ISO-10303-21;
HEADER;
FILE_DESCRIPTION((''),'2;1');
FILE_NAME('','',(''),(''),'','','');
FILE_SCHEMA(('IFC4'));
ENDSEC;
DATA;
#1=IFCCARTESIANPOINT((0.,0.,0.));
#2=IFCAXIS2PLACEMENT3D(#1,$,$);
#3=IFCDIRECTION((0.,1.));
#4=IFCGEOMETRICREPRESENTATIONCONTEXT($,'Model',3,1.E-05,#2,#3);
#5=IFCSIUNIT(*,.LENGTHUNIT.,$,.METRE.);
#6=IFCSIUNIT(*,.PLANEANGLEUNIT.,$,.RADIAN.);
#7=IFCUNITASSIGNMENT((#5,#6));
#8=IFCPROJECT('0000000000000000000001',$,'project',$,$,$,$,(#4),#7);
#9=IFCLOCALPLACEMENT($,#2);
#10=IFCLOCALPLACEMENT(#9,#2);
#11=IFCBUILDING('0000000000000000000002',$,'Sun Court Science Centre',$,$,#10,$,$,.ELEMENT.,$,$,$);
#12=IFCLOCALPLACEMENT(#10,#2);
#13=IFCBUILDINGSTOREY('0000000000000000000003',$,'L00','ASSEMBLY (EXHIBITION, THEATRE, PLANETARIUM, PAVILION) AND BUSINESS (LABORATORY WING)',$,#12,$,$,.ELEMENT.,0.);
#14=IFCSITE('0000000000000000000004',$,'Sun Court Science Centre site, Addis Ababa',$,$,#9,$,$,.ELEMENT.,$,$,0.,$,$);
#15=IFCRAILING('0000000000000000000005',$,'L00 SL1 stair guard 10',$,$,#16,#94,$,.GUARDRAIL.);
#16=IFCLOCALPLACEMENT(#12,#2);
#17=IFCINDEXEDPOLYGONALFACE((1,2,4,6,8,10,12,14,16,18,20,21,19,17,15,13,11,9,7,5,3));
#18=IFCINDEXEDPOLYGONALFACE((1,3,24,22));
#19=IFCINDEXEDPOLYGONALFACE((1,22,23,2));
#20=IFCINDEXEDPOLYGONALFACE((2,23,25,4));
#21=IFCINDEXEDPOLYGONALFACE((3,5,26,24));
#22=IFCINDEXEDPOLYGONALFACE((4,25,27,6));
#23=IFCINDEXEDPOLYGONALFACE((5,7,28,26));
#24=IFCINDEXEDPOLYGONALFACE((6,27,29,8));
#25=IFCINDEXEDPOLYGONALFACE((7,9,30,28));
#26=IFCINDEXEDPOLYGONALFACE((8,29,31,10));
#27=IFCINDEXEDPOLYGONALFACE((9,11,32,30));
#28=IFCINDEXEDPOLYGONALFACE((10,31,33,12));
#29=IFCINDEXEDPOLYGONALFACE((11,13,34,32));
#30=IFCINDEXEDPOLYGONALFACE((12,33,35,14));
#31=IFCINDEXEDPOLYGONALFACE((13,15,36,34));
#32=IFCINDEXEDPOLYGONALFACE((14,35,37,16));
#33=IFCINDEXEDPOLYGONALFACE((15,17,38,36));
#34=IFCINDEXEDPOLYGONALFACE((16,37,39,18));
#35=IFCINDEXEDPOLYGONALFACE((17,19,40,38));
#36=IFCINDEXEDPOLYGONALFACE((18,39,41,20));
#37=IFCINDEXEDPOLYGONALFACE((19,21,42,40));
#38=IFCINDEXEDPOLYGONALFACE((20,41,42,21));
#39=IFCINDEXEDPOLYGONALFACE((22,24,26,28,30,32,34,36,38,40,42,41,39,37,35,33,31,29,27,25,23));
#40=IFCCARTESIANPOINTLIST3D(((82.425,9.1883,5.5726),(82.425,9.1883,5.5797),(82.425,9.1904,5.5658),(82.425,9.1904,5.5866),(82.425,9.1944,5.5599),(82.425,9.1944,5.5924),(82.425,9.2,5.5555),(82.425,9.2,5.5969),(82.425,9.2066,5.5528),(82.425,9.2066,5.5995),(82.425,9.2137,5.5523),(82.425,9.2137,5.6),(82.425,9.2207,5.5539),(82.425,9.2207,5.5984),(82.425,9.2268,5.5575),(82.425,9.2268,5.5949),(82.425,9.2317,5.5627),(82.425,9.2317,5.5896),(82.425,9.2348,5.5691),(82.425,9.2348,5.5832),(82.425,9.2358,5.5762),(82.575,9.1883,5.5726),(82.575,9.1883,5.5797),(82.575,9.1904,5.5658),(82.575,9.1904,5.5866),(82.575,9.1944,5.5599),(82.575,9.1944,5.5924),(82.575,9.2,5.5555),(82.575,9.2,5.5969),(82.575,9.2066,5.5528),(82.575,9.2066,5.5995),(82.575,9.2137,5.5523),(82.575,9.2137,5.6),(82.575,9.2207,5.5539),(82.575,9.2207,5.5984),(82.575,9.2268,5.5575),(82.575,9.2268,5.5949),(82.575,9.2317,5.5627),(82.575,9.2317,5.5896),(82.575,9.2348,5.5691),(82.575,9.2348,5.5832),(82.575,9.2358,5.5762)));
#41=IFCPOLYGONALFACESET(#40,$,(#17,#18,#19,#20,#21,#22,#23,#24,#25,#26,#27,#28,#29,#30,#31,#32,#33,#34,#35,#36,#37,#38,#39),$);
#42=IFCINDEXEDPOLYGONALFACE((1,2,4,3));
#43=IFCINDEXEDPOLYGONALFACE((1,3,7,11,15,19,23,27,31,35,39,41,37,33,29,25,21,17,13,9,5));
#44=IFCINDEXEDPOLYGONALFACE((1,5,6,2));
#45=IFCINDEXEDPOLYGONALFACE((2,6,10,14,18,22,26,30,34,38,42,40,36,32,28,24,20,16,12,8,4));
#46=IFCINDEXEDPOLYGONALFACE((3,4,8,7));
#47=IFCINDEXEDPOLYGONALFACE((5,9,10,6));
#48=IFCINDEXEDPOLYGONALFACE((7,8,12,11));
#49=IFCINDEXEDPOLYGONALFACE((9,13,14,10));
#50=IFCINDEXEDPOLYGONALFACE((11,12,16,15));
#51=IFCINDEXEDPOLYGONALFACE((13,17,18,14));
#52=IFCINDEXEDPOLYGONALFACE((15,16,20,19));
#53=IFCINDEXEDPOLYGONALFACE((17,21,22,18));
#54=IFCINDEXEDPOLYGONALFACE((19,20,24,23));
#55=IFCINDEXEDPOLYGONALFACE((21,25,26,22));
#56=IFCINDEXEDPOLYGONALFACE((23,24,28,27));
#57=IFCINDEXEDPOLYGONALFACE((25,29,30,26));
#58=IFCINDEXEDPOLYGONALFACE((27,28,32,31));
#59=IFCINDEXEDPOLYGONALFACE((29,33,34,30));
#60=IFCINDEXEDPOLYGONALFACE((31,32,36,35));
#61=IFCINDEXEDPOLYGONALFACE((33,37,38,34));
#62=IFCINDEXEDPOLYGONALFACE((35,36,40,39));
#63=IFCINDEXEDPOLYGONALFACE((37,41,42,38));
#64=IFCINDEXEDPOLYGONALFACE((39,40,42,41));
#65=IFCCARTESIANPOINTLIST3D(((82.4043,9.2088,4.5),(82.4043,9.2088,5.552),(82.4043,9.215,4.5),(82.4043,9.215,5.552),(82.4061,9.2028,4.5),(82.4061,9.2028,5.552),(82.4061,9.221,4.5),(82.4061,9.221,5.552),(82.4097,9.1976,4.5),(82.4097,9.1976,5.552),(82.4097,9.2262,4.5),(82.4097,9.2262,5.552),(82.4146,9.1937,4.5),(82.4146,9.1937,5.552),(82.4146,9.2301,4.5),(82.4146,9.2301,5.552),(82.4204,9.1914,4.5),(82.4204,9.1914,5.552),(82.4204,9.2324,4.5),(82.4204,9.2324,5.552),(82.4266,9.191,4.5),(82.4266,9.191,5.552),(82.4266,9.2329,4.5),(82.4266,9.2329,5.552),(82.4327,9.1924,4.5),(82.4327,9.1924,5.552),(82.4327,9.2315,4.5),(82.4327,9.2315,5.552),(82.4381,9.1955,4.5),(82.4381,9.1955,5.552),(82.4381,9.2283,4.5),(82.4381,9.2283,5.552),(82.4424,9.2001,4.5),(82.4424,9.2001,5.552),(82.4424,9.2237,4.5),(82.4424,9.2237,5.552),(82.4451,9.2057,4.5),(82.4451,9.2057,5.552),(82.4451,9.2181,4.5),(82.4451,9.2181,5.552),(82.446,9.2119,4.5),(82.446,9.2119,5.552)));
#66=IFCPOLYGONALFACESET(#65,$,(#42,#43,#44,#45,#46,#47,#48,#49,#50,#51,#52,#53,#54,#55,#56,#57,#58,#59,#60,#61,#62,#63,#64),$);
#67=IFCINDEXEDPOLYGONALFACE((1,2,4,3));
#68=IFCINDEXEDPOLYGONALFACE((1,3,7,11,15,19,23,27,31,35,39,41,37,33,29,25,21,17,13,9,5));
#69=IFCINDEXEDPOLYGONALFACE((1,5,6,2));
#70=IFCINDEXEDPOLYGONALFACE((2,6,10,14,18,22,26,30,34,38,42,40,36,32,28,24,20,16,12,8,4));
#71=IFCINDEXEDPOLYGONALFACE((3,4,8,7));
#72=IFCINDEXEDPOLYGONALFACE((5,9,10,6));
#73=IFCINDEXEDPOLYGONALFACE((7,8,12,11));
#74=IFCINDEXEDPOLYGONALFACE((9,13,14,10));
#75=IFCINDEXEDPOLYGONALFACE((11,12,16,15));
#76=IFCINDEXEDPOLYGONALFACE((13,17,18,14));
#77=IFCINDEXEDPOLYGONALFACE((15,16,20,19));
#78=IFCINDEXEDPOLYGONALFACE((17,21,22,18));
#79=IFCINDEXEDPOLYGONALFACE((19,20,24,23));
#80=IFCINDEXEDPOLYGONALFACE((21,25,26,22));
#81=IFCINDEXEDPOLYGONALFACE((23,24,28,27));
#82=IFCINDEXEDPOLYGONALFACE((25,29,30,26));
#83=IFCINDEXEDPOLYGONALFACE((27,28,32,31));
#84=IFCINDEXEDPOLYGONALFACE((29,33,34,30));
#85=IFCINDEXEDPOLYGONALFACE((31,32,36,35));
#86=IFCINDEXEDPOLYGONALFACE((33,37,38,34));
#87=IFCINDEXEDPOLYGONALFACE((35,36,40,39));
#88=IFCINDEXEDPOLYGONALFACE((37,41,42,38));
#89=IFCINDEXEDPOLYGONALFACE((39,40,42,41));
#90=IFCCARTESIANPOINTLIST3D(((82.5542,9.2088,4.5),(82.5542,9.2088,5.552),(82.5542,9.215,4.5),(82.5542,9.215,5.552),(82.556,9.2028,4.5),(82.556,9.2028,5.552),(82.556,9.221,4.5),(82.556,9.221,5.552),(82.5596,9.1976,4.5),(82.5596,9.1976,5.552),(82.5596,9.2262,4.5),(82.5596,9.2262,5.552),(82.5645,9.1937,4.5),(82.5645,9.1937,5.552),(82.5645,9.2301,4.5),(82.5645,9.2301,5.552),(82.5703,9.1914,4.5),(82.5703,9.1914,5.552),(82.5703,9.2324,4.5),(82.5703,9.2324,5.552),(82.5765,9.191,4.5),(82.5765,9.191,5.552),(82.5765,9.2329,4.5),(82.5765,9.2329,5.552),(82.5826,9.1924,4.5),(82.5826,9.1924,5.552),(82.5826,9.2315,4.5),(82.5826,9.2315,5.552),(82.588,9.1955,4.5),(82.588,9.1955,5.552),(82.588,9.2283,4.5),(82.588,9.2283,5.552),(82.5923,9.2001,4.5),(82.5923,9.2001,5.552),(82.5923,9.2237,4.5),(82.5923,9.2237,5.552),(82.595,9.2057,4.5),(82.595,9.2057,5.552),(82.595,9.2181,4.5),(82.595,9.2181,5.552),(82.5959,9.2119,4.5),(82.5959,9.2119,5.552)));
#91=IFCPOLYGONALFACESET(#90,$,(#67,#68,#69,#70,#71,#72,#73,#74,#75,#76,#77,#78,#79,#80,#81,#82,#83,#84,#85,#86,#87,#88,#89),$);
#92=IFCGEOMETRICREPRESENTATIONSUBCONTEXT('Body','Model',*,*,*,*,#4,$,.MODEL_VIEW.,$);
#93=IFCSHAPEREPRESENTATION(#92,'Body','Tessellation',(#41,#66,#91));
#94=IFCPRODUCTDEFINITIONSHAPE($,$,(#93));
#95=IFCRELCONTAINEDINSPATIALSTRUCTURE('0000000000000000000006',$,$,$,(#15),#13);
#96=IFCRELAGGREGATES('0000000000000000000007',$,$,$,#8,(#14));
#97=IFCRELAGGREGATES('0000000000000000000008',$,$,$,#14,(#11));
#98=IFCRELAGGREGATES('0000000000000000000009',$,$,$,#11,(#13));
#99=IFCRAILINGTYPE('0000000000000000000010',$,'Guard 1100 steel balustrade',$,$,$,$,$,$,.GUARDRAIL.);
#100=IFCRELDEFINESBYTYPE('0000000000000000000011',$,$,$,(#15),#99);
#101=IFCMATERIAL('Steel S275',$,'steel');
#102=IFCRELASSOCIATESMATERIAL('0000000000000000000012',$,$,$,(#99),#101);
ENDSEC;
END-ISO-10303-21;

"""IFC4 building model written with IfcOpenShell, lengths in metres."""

from ifc_helpers import new_model, si_unit, direction, frame, origin, origin_2d, place, context, subcontext, project, spatial, circle, extrude, material, type_object, element, save


model = new_model("IFC4")

# Units and contexts
model_context = context("Model", 3, precision=1e-05, world=origin(), true_north=direction((0.0, 1.0)))
body_context = subcontext(model_context, "Body", "Model", "MODEL_VIEW")
ifc_project = project(units=[si_unit("LENGTHUNIT", "METRE"), si_unit("PLANEANGLEUNIT", "RADIAN")], contexts=[model_context])

# Site, building, storey
site_placement = place(None, origin())
site = spatial("IfcSite", under=ifc_project, at=site_placement, Name="Sun Court Science Centre site, Addis Ababa", CompositionType="ELEMENT", RefElevation=0.0)
building_placement = place(site_placement, origin())
building = spatial("IfcBuilding", under=site, at=building_placement, Name="Sun Court Science Centre", CompositionType="ELEMENT")
storey_placement = place(building_placement, origin())
storey = spatial("IfcBuildingStorey", under=building, at=storey_placement, Name="L00", Description="ASSEMBLY (EXHIBITION, THEATRE, PLANETARIUM, PAVILION) AND BUSINESS (LABORATORY WING)", CompositionType="ELEMENT", Elevation=0.0)

# Railing
ifc_material_1 = material(Name="Steel S275", Category="steel")
railing_type = type_object("IfcRailingType", Name="Guard 1100 steel balustrade", PredefinedType="GUARDRAIL", material=ifc_material_1)
railing_1_placement = place(storey_placement, frame((82.425, 9.2119, 4.5)))
element("IfcRailing", 1, at=railing_1_placement, inside=storey, type_object=railing_type, Name="L00 SL1 stair guard 10", PredefinedType="GUARDRAIL", context=body_context, shape_type="SweptSolid", body=[
    extrude(circle(Radius=0.0239, at=origin_2d()), frame((0.0, 0.0, 1.0762), z_axis=(1.0, 0.0, 0.0), x_axis=(0.0, 1.0, 0.0)), (0.0, 0.0, 1.0), 0.1499),
    extrude(circle(Radius=0.021, at=origin_2d()), origin(), (0.0, 0.0, 1.0), 1.052),
    extrude(circle(Radius=0.021, at=origin_2d()), frame((0.1499, 0.0, 0.0)), (0.0, 0.0, 1.0), 1.052),
])

save(model, "model.ifc")
